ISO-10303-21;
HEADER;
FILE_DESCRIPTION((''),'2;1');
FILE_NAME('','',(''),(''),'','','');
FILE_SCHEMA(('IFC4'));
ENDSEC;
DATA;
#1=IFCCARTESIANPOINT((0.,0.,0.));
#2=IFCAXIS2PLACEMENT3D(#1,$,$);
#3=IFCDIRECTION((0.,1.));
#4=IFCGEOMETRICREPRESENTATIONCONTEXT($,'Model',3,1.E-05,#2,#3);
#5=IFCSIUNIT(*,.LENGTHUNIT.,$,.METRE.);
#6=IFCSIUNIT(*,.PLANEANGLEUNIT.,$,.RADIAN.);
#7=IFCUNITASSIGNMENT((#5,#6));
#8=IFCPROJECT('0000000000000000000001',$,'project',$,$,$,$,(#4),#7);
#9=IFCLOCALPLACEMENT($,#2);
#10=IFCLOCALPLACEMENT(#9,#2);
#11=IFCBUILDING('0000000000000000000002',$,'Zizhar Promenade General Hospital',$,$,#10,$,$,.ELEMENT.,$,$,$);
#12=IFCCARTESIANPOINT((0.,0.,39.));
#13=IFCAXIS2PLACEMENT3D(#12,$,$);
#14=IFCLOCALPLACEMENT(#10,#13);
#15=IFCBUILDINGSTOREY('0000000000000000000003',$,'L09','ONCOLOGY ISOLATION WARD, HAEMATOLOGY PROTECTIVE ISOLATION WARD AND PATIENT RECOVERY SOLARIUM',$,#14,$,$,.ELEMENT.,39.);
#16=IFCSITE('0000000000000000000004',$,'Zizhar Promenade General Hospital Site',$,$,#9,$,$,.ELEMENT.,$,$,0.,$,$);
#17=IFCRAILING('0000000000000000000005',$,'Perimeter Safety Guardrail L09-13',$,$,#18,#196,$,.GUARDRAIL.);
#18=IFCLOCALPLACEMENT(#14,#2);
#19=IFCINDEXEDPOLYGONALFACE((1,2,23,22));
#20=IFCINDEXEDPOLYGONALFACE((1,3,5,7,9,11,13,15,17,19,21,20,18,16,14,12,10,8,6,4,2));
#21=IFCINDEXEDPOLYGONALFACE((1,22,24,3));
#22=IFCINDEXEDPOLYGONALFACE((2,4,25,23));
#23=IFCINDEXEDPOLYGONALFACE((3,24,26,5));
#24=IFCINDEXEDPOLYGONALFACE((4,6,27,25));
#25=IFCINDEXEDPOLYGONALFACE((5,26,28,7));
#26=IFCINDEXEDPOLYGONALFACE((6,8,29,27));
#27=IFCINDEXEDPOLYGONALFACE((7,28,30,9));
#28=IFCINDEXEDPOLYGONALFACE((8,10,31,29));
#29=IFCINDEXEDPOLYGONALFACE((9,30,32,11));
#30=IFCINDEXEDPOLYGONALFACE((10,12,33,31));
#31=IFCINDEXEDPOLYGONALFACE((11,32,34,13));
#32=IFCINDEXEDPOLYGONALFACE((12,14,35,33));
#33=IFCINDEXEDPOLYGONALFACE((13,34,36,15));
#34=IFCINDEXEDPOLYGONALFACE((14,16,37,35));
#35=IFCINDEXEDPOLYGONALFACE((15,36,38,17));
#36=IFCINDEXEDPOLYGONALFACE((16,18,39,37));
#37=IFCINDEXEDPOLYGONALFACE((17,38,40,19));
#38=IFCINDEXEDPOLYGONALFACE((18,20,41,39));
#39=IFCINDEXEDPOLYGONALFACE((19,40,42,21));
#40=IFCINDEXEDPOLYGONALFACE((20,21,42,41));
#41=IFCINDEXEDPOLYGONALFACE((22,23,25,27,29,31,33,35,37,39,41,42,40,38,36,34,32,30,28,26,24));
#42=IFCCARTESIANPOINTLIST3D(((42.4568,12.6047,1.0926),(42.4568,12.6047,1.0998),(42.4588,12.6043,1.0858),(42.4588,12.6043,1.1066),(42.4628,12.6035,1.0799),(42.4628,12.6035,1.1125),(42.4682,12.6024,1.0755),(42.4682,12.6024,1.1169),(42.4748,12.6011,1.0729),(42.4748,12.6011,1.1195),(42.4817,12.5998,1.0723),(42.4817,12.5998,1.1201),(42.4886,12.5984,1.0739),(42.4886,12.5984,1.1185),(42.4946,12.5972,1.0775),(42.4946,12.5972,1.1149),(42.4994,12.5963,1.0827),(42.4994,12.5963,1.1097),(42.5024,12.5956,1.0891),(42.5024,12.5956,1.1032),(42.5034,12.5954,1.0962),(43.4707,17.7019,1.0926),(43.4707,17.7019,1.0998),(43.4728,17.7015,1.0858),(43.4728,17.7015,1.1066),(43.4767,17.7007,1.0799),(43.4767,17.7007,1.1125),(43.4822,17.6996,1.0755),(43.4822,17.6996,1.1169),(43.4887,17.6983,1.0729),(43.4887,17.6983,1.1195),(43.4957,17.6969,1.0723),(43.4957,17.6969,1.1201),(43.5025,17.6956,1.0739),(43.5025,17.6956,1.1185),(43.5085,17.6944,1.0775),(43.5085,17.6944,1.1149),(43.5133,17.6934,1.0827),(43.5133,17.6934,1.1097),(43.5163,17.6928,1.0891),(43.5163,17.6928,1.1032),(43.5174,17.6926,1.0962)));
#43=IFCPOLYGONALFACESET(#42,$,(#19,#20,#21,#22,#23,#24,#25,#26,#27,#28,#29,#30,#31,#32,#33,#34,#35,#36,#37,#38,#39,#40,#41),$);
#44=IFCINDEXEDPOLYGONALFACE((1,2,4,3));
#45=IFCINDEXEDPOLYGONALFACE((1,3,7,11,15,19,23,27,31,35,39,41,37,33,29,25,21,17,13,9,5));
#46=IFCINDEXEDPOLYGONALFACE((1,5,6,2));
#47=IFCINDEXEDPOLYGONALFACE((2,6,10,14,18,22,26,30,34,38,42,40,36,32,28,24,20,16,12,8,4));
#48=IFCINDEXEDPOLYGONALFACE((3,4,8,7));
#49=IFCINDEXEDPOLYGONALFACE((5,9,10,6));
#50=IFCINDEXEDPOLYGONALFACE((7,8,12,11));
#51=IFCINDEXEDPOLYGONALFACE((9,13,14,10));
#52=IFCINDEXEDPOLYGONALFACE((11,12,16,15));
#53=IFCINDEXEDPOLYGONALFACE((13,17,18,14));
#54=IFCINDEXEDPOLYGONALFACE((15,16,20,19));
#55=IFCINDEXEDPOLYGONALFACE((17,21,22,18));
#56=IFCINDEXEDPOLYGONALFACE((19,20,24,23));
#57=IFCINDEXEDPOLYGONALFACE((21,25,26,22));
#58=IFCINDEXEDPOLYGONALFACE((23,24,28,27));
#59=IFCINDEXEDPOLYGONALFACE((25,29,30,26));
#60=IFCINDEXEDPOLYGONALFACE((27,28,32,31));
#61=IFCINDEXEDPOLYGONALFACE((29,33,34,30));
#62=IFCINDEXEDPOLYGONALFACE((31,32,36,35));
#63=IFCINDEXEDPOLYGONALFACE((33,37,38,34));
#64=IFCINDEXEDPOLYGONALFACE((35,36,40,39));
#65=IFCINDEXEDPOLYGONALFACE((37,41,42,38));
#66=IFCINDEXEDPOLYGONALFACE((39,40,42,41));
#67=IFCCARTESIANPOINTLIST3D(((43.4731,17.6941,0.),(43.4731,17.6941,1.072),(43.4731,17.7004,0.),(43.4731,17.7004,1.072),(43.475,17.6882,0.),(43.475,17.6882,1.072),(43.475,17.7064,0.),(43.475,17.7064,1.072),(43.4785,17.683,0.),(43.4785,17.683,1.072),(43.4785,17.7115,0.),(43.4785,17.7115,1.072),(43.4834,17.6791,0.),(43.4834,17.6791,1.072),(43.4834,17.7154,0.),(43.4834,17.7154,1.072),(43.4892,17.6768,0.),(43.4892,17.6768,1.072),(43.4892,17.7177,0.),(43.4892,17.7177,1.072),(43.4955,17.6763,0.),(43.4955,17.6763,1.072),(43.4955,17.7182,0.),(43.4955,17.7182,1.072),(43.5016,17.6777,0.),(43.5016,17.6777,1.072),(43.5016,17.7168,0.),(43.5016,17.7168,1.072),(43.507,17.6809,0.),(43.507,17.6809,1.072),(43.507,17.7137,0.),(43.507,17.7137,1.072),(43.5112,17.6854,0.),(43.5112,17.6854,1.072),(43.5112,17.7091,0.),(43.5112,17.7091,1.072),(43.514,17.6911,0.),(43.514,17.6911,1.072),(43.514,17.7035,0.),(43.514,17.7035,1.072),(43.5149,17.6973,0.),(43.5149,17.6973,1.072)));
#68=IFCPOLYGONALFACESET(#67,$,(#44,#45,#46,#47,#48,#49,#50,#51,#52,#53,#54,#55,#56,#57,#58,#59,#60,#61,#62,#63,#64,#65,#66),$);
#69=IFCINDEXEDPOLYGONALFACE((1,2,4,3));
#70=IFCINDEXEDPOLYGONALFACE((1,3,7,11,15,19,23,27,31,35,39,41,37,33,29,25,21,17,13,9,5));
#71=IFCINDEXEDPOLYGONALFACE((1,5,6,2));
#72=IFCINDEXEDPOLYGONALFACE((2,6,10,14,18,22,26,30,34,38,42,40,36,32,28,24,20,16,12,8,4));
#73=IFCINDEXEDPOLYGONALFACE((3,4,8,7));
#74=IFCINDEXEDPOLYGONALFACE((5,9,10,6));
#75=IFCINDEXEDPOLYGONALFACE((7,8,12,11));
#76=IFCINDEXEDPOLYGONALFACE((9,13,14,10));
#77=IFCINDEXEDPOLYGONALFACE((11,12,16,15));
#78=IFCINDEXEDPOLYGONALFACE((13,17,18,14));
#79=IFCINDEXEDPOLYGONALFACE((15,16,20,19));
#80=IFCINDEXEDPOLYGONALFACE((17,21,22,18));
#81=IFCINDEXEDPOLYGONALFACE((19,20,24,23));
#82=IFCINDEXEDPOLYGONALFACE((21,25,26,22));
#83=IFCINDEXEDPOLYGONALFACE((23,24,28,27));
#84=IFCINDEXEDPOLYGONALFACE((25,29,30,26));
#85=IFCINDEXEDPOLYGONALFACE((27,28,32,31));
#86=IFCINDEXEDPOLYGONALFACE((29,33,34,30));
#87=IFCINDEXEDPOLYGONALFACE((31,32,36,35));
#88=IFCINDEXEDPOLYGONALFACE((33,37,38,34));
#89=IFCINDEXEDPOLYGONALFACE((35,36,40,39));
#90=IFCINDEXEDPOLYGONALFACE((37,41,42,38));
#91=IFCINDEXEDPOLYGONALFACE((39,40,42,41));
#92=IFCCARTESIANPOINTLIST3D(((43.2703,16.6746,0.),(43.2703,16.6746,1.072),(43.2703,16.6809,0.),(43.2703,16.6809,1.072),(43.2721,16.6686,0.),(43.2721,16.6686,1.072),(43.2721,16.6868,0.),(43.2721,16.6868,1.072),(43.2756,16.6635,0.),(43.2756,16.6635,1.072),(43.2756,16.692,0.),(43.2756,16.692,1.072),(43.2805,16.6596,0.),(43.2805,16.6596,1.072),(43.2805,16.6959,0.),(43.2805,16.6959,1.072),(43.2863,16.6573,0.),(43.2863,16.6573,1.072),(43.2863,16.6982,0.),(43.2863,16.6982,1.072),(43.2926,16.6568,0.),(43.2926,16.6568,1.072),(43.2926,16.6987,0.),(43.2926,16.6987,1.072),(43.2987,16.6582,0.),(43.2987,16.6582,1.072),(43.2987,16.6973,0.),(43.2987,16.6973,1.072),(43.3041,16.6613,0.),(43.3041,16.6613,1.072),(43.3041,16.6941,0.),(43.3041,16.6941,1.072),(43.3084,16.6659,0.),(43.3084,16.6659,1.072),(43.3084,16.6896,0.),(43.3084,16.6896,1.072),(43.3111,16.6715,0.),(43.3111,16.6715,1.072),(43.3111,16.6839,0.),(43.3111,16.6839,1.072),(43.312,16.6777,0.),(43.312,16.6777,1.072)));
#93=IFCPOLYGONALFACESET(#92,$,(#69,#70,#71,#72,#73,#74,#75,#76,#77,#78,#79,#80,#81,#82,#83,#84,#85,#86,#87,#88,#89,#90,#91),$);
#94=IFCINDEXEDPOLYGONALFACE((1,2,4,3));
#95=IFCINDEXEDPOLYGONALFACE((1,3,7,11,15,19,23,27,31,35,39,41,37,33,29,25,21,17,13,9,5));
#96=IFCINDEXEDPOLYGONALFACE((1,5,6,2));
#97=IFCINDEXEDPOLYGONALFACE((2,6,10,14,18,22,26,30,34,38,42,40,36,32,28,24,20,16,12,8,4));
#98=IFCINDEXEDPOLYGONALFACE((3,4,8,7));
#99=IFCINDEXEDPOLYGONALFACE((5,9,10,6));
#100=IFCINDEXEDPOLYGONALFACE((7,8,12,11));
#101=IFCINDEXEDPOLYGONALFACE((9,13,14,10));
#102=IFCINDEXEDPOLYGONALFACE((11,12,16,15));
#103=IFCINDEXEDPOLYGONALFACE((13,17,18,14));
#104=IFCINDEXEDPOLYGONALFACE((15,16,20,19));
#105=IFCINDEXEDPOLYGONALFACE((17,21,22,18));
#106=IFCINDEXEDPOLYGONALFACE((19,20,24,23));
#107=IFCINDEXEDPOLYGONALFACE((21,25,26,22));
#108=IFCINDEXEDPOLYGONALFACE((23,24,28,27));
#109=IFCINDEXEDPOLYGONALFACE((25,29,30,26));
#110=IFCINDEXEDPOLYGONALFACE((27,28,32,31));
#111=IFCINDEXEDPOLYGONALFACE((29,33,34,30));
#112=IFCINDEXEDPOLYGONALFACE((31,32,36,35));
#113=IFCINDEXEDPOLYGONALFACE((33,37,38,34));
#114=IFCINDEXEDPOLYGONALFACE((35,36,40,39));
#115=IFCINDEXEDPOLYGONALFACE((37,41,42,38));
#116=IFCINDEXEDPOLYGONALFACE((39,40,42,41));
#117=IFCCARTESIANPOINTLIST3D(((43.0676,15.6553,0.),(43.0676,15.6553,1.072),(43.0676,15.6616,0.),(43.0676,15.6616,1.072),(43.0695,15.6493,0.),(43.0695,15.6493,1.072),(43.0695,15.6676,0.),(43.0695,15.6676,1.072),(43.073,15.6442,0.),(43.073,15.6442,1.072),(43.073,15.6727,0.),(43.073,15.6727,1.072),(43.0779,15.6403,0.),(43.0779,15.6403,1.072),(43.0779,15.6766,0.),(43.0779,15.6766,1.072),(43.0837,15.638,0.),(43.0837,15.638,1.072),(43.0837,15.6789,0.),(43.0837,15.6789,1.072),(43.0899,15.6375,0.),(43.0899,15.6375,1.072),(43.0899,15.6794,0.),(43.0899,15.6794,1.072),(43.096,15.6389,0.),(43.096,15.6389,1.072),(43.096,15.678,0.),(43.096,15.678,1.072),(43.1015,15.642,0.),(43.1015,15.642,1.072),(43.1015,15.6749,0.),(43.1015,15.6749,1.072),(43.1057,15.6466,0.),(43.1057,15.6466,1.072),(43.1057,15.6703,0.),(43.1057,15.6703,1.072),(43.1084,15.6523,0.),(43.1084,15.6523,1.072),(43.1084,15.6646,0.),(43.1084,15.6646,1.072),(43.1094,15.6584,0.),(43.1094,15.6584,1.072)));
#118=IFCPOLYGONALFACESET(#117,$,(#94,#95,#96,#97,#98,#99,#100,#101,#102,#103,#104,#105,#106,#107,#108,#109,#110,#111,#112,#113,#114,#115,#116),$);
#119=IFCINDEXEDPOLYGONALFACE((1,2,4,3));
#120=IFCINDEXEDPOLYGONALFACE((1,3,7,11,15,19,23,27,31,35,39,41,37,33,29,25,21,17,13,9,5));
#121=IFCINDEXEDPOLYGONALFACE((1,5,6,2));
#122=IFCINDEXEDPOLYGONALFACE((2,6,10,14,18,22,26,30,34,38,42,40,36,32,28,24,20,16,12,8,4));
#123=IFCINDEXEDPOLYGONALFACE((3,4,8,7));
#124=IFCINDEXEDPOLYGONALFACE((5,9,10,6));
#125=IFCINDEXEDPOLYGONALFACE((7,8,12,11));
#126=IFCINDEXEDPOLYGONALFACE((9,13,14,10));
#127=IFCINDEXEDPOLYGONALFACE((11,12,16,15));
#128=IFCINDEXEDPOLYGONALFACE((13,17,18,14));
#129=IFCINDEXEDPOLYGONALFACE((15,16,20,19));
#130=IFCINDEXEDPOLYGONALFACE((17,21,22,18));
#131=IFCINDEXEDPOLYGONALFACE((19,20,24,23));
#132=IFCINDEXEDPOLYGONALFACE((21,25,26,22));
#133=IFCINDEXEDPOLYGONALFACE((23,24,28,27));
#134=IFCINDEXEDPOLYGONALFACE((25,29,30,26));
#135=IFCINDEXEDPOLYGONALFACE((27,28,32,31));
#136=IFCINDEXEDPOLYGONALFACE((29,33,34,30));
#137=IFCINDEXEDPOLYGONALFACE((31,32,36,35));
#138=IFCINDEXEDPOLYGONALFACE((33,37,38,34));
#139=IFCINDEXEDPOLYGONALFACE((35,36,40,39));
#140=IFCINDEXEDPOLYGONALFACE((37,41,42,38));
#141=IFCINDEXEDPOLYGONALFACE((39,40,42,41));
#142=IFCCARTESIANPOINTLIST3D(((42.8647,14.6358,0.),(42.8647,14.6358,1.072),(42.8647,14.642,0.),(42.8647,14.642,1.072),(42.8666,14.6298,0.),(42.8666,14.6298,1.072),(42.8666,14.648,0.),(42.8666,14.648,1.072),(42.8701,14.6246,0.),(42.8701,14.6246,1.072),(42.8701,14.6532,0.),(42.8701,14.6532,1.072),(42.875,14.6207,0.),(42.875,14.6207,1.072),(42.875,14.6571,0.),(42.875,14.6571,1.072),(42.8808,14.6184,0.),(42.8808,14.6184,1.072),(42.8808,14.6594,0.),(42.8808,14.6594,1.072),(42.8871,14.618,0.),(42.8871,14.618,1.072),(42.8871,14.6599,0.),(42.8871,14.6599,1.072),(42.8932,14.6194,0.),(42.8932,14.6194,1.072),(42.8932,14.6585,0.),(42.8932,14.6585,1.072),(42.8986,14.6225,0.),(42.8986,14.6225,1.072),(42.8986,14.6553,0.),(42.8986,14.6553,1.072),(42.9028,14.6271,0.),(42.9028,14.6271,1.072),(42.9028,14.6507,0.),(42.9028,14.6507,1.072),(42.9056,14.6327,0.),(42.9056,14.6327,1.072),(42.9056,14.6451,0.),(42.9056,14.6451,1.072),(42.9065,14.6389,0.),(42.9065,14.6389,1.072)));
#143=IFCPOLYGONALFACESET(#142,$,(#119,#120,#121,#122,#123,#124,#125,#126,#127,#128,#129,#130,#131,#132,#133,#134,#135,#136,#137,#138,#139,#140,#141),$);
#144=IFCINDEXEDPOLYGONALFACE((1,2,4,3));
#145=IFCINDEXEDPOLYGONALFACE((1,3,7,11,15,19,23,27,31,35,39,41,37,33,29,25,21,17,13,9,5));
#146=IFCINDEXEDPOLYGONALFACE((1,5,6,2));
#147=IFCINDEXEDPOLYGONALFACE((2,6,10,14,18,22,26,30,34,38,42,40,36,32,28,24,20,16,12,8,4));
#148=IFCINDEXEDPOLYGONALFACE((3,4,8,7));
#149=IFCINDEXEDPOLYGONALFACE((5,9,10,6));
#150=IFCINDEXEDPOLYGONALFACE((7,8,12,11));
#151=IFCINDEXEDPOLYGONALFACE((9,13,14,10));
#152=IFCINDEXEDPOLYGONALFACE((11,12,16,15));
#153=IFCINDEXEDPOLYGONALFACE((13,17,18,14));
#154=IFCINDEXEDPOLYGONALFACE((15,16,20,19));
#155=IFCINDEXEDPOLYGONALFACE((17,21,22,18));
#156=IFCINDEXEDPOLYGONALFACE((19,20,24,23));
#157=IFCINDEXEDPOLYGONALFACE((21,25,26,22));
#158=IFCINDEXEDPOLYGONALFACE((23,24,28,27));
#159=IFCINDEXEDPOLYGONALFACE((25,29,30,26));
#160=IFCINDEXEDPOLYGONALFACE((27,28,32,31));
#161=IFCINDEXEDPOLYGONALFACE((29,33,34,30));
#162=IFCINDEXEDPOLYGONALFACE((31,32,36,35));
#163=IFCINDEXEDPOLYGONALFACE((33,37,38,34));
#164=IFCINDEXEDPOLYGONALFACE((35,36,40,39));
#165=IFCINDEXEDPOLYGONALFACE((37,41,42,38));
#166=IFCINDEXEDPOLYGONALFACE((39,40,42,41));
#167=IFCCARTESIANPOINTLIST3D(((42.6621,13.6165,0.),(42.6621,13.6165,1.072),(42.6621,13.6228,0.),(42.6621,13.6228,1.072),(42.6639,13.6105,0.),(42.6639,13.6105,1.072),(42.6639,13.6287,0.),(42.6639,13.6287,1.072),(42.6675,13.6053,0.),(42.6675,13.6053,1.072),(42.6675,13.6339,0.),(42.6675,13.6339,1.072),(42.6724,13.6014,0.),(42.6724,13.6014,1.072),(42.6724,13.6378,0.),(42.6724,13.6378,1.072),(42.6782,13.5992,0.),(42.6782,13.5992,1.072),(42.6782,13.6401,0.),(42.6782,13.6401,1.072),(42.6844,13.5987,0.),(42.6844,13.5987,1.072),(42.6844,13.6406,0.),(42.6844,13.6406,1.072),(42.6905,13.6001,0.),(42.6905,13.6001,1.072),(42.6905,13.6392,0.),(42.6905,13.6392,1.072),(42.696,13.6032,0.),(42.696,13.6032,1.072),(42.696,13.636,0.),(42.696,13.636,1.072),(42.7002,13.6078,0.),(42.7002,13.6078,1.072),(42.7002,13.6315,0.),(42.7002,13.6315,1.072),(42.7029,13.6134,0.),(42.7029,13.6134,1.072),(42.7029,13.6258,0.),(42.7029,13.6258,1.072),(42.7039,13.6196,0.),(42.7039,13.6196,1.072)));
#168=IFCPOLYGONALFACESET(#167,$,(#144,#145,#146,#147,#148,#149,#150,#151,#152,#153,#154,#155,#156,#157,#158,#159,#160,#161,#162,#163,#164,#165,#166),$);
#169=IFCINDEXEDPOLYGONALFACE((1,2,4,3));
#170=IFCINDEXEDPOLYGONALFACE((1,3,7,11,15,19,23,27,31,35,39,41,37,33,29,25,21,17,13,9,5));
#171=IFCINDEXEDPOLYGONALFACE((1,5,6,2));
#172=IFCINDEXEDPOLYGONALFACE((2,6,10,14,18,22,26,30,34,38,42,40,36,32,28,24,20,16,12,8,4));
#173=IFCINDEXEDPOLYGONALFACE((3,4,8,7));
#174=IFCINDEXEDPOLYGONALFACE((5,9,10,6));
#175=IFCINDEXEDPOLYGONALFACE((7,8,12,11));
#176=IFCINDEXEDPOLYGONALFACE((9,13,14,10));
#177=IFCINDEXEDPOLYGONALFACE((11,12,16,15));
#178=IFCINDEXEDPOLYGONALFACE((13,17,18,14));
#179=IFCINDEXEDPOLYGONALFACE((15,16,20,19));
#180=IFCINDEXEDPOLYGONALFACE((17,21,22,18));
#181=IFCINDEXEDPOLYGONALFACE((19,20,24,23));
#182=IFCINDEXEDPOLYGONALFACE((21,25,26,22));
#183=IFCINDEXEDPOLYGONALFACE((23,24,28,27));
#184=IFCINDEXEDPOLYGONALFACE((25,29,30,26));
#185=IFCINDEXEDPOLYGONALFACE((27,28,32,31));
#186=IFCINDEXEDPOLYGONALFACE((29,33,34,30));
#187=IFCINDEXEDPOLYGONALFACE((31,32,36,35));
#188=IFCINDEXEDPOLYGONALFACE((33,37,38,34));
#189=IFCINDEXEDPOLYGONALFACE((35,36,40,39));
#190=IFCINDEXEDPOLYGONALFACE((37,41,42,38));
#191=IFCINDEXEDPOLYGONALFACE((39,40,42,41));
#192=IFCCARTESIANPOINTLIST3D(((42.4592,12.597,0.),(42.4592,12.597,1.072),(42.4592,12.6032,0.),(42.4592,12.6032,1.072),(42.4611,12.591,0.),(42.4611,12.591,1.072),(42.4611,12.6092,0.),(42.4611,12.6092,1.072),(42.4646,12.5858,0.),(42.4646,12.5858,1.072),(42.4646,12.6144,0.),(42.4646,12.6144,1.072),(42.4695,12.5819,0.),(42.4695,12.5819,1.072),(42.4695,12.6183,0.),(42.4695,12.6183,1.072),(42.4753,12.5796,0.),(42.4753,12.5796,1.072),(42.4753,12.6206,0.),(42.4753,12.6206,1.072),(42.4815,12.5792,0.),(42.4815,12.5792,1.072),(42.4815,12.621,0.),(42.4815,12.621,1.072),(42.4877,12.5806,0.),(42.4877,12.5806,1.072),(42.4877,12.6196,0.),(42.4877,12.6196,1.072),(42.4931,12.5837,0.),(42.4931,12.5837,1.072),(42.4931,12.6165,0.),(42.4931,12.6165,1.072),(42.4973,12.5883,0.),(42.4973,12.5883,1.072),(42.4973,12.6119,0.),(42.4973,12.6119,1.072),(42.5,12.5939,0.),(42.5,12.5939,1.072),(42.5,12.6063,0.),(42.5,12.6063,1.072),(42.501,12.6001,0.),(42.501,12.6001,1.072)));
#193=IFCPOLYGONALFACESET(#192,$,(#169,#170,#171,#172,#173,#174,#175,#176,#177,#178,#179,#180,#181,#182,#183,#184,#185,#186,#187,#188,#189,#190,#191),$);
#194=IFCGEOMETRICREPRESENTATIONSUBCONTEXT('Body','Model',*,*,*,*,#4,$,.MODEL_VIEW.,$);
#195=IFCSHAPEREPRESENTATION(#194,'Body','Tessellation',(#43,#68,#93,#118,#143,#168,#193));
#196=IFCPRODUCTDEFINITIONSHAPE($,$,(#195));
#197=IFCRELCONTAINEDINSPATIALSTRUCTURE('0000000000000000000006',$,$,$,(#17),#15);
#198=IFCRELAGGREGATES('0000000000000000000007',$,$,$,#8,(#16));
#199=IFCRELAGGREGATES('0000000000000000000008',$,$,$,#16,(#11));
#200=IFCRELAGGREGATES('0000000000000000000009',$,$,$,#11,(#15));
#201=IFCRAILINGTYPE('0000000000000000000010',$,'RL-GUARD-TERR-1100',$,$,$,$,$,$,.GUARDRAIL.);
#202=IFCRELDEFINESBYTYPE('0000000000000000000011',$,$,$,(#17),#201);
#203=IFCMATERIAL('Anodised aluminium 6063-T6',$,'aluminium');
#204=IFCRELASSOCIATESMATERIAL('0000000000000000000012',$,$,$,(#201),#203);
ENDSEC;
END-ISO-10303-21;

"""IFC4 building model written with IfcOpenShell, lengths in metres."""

from ifc_helpers import new_model, si_unit, direction, frame, origin, origin_2d, place, context, subcontext, project, spatial, circle, hollow_circle, extrude, material, material_profile, profile_set, type_object, element, save


model = new_model("IFC4")

# Units and contexts
model_context = context("Model", 3, precision=1e-05, world=origin(), true_north=direction((0.0, 1.0)))
body_context = subcontext(model_context, "Body", "Model", "MODEL_VIEW")
ifc_project = project(units=[si_unit("LENGTHUNIT", "METRE"), si_unit("PLANEANGLEUNIT", "RADIAN")], contexts=[model_context])

# Site, building, storey
site_placement = place(None, origin())
site = spatial("IfcSite", under=ifc_project, at=site_placement, Name="Zizhar Promenade General Hospital Site", CompositionType="ELEMENT", RefElevation=0.0)
building_placement = place(site_placement, origin())
building = spatial("IfcBuilding", under=site, at=building_placement, Name="Zizhar Promenade General Hospital", CompositionType="ELEMENT")
storey_placement = place(building_placement, frame((0.0, 0.0, 39.0)))
storey = spatial("IfcBuildingStorey", under=building, at=storey_placement, Name="L09", Description="ONCOLOGY ISOLATION WARD, HAEMATOLOGY PROTECTIVE ISOLATION WARD AND PATIENT RECOVERY SOLARIUM", CompositionType="ELEMENT", Elevation=39.0)

# Railing
ifc_material_1 = material(Name="Anodised aluminium 6063-T6", Category="aluminium")
ifc_material_profile_1 = material_profile(ifc_material_1, hollow_circle(Radius=0.0698, WallThickness=0.0063, at=origin_2d()))
ifc_profile_set_1 = profile_set([ifc_material_profile_1], Name="Anodised aluminium 6063-T6")
railing_type = type_object("IfcRailingType", Name="RL-GUARD-TERR-1100", PredefinedType="GUARDRAIL", material=ifc_profile_set_1)
railing_1_placement = place(storey_placement, frame((43.4939, 17.6973, 0.0)))
element("IfcRailing", 1, at=railing_1_placement, inside=storey, type_object=railing_type, Name="Perimeter Safety Guardrail L09-13", PredefinedType="GUARDRAIL", context=body_context, shape_type="SweptSolid", body=[
    extrude(circle(Radius=0.0239, at=origin_2d()), frame((0.0, 0.0, 1.0962), z_axis=(-0.195095, -0.980784, 0.0), x_axis=(0.980784, -0.195095, 0.0)), (0.0, 0.0, 1.0), 5.197),
    extrude(circle(Radius=0.021, at=origin_2d()), origin(), (0.0, 0.0, 1.0), 1.072),
    extrude(circle(Radius=0.021, at=origin_2d()), frame((-0.2029, -1.0195, 0.0)), (0.0, 0.0, 1.0), 1.072),
    extrude(circle(Radius=0.021, at=origin_2d()), frame((-0.4055, -2.0388, 0.0)), (0.0, 0.0, 1.0), 1.072),
    extrude(circle(Radius=0.021, at=origin_2d()), frame((-0.6084, -3.0583, 0.0)), (0.0, 0.0, 1.0), 1.072),
    extrude(circle(Radius=0.021, at=origin_2d()), frame((-0.811, -4.0776, 0.0)), (0.0, 0.0, 1.0), 1.072),
    extrude(circle(Radius=0.021, at=origin_2d()), frame((-1.0139, -5.0972, 0.0)), (0.0, 0.0, 1.0), 1.072),
])

save(model, "model.ifc")
